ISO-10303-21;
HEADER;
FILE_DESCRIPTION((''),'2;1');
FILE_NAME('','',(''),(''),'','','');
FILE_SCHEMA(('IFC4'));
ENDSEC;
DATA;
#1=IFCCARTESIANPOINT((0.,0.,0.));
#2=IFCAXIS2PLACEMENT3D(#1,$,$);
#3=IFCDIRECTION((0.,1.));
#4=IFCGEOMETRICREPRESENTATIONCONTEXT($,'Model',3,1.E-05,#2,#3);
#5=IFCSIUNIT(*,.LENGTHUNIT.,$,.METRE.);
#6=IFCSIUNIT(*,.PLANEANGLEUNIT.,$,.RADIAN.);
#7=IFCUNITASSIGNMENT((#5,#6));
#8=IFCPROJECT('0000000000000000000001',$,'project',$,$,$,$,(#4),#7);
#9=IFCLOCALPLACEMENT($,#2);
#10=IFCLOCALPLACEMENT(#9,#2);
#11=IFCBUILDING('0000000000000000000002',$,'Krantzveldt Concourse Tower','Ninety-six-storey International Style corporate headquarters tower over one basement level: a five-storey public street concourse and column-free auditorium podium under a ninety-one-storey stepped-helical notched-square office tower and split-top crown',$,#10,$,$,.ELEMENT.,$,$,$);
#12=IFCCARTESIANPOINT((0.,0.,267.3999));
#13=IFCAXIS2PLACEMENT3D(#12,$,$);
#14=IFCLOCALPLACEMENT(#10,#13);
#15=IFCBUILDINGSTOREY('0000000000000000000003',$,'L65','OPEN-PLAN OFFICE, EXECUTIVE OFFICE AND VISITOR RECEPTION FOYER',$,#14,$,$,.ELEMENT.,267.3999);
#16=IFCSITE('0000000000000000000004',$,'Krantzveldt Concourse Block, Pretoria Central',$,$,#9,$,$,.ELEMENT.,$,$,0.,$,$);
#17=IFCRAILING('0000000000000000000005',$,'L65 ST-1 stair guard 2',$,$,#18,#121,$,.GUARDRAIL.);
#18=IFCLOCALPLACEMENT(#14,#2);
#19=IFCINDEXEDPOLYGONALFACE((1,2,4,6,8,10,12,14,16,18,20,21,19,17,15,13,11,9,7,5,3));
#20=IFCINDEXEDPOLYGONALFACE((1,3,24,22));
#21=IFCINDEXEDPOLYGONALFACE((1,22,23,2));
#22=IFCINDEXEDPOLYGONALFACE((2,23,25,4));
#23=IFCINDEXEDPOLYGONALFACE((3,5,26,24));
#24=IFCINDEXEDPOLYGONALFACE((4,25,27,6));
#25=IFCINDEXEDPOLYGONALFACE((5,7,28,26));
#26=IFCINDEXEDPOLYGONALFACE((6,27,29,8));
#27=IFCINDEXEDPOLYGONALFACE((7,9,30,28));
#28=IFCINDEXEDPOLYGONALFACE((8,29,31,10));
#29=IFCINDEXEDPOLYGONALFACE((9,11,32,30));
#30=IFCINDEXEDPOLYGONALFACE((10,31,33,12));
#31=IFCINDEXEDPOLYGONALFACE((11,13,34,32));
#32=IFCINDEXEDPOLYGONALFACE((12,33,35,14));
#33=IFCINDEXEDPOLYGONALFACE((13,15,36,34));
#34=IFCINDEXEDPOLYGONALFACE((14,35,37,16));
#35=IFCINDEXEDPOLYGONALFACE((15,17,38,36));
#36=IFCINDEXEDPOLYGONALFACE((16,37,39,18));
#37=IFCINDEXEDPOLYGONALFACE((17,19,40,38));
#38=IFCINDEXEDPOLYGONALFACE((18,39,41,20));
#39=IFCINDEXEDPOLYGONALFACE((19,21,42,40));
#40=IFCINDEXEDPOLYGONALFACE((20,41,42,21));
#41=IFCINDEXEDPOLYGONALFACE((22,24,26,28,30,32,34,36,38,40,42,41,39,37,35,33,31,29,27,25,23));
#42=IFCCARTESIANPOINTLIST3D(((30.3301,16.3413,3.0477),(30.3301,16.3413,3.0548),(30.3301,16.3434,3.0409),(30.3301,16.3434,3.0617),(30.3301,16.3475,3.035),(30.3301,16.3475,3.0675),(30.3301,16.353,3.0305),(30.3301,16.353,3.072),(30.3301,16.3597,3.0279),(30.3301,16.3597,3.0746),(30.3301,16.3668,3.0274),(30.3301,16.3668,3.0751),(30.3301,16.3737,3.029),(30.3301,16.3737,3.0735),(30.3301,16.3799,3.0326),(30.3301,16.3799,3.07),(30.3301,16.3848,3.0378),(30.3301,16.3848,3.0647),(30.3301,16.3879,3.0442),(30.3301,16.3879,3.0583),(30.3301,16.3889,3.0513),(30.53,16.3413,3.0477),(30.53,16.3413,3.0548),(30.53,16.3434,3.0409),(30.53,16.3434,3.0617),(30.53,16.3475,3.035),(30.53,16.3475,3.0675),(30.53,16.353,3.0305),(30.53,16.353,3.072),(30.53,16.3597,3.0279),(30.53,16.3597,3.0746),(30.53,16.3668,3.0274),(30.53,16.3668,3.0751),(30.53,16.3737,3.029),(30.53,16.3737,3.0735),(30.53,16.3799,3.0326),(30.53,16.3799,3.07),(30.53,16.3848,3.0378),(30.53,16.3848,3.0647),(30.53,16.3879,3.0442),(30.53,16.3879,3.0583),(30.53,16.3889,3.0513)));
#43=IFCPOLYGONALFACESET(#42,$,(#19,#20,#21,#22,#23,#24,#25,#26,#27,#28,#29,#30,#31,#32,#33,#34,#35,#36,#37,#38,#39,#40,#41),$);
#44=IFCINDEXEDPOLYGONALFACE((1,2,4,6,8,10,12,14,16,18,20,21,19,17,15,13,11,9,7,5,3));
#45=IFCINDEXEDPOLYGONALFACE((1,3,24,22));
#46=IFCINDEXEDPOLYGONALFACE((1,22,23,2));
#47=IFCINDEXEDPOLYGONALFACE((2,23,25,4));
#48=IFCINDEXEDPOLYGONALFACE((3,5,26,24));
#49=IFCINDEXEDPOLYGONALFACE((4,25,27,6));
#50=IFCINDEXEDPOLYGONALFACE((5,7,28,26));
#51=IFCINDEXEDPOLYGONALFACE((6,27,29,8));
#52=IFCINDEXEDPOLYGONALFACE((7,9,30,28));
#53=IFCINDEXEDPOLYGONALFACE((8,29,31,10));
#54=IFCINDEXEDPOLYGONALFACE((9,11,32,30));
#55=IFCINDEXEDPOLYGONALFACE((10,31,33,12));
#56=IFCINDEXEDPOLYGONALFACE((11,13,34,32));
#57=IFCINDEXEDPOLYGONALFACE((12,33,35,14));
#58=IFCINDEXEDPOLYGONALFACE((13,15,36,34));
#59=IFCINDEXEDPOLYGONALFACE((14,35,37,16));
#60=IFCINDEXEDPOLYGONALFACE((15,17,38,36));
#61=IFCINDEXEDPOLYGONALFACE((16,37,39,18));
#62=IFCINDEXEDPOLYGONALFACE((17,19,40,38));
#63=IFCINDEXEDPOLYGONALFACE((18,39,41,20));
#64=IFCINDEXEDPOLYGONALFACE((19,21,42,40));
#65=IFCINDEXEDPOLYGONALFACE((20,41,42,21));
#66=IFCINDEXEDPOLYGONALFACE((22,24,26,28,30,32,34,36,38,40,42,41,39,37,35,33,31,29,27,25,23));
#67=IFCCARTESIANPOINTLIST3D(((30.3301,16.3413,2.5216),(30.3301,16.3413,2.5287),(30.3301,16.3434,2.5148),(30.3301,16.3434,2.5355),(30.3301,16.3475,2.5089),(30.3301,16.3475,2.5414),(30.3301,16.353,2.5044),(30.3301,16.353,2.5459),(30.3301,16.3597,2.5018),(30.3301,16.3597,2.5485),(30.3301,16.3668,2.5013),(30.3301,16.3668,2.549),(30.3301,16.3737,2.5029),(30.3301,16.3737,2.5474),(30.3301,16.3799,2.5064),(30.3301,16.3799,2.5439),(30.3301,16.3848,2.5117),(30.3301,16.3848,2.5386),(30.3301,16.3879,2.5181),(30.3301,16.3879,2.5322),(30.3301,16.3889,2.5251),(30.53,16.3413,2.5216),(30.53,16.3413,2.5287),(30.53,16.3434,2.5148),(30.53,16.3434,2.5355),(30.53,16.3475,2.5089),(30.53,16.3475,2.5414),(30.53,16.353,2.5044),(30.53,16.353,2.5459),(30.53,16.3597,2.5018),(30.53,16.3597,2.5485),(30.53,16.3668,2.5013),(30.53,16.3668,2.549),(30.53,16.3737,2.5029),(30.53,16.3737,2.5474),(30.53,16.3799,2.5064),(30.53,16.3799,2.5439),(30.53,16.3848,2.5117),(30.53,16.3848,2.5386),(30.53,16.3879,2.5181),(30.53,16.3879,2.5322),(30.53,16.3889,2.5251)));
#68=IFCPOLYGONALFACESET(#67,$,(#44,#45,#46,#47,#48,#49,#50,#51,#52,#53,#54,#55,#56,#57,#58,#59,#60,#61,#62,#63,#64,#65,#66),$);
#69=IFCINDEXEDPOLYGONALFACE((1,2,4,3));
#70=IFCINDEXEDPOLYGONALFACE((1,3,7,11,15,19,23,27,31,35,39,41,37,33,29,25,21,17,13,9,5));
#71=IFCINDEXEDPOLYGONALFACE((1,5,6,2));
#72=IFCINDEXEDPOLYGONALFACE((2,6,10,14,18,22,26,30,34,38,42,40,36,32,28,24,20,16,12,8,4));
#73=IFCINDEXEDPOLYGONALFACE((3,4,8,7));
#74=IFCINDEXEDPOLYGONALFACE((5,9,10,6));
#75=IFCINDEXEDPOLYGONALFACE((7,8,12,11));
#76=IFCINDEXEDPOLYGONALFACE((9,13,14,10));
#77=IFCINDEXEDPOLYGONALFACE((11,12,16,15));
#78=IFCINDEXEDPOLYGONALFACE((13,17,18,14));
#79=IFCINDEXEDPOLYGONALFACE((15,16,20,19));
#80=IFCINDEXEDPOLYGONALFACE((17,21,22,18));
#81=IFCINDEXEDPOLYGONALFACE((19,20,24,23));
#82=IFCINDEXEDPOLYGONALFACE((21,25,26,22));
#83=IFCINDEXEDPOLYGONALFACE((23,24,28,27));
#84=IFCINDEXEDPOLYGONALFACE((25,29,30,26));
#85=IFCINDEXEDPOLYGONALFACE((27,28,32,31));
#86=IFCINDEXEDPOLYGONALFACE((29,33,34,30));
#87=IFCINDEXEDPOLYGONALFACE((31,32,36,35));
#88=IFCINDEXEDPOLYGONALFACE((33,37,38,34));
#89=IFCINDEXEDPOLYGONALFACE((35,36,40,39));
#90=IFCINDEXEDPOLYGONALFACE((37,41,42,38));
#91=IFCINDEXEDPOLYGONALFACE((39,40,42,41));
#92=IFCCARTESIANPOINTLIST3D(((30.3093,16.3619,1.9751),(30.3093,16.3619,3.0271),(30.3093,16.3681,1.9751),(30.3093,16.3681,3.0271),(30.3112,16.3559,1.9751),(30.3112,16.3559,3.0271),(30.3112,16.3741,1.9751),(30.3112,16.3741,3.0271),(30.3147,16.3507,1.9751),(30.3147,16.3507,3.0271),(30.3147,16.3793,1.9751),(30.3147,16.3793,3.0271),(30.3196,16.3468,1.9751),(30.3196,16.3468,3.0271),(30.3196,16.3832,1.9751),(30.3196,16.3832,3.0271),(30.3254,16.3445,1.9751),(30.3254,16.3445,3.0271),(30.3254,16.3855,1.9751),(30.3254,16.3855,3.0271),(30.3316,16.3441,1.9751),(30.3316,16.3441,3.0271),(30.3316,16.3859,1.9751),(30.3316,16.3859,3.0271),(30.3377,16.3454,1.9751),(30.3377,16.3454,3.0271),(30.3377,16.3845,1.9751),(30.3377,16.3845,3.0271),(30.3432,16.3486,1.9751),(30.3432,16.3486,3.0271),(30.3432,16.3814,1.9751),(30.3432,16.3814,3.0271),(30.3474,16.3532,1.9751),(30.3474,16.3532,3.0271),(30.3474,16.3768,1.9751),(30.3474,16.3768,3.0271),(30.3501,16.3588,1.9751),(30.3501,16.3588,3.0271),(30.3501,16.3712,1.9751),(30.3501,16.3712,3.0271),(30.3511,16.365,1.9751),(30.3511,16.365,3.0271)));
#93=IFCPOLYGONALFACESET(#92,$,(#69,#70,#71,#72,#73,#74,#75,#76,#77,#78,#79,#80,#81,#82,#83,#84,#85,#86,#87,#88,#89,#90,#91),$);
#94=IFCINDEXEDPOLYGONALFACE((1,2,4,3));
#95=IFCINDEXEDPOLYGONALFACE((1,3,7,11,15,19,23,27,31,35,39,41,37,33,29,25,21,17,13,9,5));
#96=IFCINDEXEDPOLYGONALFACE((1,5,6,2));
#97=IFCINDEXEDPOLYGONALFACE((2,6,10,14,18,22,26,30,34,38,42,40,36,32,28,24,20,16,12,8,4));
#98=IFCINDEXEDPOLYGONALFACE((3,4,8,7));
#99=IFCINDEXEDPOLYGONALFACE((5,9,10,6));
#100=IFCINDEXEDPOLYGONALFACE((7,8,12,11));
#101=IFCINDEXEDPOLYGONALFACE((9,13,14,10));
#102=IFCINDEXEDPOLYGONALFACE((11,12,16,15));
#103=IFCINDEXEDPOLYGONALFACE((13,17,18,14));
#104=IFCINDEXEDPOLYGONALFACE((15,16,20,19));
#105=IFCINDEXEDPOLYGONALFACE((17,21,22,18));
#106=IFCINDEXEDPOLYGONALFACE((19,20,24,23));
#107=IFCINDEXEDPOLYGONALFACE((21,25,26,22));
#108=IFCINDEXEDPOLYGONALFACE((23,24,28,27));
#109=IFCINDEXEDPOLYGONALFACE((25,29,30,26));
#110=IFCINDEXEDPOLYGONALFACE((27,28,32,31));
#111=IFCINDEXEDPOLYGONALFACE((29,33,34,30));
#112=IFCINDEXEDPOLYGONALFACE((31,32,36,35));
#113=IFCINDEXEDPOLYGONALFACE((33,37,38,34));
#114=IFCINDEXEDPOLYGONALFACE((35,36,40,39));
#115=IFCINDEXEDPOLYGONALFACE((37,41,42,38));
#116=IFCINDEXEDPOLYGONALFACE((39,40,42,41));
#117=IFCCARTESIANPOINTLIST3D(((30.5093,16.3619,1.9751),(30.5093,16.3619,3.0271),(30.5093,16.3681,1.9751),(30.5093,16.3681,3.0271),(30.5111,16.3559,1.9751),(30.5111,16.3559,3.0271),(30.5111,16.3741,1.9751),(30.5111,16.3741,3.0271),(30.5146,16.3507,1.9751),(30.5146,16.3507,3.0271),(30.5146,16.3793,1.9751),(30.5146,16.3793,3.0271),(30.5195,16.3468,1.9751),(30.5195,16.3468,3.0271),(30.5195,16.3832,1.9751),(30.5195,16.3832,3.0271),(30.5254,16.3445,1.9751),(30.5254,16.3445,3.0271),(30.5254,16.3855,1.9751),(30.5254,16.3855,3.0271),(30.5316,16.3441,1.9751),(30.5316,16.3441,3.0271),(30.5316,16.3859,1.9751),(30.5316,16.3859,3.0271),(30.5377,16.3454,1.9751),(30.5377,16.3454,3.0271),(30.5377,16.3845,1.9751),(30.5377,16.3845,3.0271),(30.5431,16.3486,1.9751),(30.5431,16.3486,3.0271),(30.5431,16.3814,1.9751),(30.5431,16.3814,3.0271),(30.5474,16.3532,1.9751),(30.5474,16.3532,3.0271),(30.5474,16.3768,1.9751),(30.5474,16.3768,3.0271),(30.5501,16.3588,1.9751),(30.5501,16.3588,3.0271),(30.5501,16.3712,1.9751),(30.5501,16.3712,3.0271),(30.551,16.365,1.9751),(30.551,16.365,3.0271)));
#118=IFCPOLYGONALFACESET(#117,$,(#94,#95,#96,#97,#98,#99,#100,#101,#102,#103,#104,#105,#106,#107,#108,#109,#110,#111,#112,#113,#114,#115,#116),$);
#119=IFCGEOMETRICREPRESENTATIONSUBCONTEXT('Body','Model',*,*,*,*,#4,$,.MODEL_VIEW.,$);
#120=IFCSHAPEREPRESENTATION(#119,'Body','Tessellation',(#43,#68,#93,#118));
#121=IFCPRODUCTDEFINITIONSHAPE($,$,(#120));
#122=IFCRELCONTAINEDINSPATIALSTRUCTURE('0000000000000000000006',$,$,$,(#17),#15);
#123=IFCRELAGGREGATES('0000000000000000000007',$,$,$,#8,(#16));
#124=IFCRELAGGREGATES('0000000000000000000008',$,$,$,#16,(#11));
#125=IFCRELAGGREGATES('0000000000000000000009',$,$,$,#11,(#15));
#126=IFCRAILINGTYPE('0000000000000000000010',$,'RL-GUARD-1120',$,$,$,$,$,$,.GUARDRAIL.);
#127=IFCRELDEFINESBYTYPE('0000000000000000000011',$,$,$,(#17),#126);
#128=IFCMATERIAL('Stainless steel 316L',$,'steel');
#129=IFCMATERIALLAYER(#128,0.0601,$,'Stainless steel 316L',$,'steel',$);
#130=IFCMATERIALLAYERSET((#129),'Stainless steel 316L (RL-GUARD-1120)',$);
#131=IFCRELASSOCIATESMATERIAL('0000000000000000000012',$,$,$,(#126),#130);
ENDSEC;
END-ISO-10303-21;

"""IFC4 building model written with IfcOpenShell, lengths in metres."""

from ifc_helpers import new_model, si_unit, direction, frame, origin, origin_2d, place, context, subcontext, project, spatial, circle, extrude, material, layer, layer_set, type_object, element, save


model = new_model("IFC4")

# Units and contexts
model_context = context("Model", 3, precision=1e-05, world=origin(), true_north=direction((0.0, 1.0)))
body_context = subcontext(model_context, "Body", "Model", "MODEL_VIEW")
ifc_project = project(units=[si_unit("LENGTHUNIT", "METRE"), si_unit("PLANEANGLEUNIT", "RADIAN")], contexts=[model_context])

# Site, building, storey
site_placement = place(None, origin())
site = spatial("IfcSite", under=ifc_project, at=site_placement, Name="Krantzveldt Concourse Block, Pretoria Central", CompositionType="ELEMENT", RefElevation=0.0)
building_placement = place(site_placement, origin())
building = spatial("IfcBuilding", under=site, at=building_placement, Name="Krantzveldt Concourse Tower", Description="Ninety-six-storey International Style corporate headquarters tower over one basement level: a five-storey public street concourse and column-free auditorium podium under a ninety-one-storey stepped-helical notched-square office tower and split-top crown", CompositionType="ELEMENT")
storey_placement = place(building_placement, frame((0.0, 0.0, 267.3999)))
storey = spatial("IfcBuildingStorey", under=building, at=storey_placement, Name="L65", Description="OPEN-PLAN OFFICE, EXECUTIVE OFFICE AND VISITOR RECEPTION FOYER", CompositionType="ELEMENT", Elevation=267.3999)

# Railing
ifc_material_1 = material(Name="Stainless steel 316L", Category="steel")
ifc_layer_1 = layer(ifc_material_1, 0.0601, Name="Stainless steel 316L", Category="steel")
ifc_layer_set_1 = layer_set([ifc_layer_1], Name="Stainless steel 316L (RL-GUARD-1120)")
railing_type_1 = type_object("IfcRailingType", Name="RL-GUARD-1120", PredefinedType="GUARDRAIL", material=ifc_layer_set_1)
railing_1_placement = place(storey_placement, frame((30.3301, 16.365, 1.9751)))
element("IfcRailing", 1, at=railing_1_placement, inside=storey, type_object=railing_type_1, Name="L65 ST-1 stair guard 2", PredefinedType="GUARDRAIL", context=body_context, shape_type="SweptSolid", body=[
    extrude(circle(Radius=0.0239, at=origin_2d()), frame((0.0, 0.0, 1.0762), z_axis=(1.0, 0.0, 0.0), x_axis=(0.0, 1.0, 0.0)), (0.0, 0.0, 1.0), 0.2),
    extrude(circle(Radius=0.0239, at=origin_2d()), frame((0.0, 0.0, 0.55), z_axis=(1.0, 0.0, 0.0), x_axis=(0.0, 1.0, 0.0)), (0.0, 0.0, 1.0), 0.2),
    extrude(circle(Radius=0.021, at=origin_2d()), origin(), (0.0, 0.0, 1.0), 1.052),
    extrude(circle(Radius=0.021, at=origin_2d()), frame((0.2, 0.0, 0.0)), (0.0, 0.0, 1.0), 1.052),
])

save(model, "model.ifc")
